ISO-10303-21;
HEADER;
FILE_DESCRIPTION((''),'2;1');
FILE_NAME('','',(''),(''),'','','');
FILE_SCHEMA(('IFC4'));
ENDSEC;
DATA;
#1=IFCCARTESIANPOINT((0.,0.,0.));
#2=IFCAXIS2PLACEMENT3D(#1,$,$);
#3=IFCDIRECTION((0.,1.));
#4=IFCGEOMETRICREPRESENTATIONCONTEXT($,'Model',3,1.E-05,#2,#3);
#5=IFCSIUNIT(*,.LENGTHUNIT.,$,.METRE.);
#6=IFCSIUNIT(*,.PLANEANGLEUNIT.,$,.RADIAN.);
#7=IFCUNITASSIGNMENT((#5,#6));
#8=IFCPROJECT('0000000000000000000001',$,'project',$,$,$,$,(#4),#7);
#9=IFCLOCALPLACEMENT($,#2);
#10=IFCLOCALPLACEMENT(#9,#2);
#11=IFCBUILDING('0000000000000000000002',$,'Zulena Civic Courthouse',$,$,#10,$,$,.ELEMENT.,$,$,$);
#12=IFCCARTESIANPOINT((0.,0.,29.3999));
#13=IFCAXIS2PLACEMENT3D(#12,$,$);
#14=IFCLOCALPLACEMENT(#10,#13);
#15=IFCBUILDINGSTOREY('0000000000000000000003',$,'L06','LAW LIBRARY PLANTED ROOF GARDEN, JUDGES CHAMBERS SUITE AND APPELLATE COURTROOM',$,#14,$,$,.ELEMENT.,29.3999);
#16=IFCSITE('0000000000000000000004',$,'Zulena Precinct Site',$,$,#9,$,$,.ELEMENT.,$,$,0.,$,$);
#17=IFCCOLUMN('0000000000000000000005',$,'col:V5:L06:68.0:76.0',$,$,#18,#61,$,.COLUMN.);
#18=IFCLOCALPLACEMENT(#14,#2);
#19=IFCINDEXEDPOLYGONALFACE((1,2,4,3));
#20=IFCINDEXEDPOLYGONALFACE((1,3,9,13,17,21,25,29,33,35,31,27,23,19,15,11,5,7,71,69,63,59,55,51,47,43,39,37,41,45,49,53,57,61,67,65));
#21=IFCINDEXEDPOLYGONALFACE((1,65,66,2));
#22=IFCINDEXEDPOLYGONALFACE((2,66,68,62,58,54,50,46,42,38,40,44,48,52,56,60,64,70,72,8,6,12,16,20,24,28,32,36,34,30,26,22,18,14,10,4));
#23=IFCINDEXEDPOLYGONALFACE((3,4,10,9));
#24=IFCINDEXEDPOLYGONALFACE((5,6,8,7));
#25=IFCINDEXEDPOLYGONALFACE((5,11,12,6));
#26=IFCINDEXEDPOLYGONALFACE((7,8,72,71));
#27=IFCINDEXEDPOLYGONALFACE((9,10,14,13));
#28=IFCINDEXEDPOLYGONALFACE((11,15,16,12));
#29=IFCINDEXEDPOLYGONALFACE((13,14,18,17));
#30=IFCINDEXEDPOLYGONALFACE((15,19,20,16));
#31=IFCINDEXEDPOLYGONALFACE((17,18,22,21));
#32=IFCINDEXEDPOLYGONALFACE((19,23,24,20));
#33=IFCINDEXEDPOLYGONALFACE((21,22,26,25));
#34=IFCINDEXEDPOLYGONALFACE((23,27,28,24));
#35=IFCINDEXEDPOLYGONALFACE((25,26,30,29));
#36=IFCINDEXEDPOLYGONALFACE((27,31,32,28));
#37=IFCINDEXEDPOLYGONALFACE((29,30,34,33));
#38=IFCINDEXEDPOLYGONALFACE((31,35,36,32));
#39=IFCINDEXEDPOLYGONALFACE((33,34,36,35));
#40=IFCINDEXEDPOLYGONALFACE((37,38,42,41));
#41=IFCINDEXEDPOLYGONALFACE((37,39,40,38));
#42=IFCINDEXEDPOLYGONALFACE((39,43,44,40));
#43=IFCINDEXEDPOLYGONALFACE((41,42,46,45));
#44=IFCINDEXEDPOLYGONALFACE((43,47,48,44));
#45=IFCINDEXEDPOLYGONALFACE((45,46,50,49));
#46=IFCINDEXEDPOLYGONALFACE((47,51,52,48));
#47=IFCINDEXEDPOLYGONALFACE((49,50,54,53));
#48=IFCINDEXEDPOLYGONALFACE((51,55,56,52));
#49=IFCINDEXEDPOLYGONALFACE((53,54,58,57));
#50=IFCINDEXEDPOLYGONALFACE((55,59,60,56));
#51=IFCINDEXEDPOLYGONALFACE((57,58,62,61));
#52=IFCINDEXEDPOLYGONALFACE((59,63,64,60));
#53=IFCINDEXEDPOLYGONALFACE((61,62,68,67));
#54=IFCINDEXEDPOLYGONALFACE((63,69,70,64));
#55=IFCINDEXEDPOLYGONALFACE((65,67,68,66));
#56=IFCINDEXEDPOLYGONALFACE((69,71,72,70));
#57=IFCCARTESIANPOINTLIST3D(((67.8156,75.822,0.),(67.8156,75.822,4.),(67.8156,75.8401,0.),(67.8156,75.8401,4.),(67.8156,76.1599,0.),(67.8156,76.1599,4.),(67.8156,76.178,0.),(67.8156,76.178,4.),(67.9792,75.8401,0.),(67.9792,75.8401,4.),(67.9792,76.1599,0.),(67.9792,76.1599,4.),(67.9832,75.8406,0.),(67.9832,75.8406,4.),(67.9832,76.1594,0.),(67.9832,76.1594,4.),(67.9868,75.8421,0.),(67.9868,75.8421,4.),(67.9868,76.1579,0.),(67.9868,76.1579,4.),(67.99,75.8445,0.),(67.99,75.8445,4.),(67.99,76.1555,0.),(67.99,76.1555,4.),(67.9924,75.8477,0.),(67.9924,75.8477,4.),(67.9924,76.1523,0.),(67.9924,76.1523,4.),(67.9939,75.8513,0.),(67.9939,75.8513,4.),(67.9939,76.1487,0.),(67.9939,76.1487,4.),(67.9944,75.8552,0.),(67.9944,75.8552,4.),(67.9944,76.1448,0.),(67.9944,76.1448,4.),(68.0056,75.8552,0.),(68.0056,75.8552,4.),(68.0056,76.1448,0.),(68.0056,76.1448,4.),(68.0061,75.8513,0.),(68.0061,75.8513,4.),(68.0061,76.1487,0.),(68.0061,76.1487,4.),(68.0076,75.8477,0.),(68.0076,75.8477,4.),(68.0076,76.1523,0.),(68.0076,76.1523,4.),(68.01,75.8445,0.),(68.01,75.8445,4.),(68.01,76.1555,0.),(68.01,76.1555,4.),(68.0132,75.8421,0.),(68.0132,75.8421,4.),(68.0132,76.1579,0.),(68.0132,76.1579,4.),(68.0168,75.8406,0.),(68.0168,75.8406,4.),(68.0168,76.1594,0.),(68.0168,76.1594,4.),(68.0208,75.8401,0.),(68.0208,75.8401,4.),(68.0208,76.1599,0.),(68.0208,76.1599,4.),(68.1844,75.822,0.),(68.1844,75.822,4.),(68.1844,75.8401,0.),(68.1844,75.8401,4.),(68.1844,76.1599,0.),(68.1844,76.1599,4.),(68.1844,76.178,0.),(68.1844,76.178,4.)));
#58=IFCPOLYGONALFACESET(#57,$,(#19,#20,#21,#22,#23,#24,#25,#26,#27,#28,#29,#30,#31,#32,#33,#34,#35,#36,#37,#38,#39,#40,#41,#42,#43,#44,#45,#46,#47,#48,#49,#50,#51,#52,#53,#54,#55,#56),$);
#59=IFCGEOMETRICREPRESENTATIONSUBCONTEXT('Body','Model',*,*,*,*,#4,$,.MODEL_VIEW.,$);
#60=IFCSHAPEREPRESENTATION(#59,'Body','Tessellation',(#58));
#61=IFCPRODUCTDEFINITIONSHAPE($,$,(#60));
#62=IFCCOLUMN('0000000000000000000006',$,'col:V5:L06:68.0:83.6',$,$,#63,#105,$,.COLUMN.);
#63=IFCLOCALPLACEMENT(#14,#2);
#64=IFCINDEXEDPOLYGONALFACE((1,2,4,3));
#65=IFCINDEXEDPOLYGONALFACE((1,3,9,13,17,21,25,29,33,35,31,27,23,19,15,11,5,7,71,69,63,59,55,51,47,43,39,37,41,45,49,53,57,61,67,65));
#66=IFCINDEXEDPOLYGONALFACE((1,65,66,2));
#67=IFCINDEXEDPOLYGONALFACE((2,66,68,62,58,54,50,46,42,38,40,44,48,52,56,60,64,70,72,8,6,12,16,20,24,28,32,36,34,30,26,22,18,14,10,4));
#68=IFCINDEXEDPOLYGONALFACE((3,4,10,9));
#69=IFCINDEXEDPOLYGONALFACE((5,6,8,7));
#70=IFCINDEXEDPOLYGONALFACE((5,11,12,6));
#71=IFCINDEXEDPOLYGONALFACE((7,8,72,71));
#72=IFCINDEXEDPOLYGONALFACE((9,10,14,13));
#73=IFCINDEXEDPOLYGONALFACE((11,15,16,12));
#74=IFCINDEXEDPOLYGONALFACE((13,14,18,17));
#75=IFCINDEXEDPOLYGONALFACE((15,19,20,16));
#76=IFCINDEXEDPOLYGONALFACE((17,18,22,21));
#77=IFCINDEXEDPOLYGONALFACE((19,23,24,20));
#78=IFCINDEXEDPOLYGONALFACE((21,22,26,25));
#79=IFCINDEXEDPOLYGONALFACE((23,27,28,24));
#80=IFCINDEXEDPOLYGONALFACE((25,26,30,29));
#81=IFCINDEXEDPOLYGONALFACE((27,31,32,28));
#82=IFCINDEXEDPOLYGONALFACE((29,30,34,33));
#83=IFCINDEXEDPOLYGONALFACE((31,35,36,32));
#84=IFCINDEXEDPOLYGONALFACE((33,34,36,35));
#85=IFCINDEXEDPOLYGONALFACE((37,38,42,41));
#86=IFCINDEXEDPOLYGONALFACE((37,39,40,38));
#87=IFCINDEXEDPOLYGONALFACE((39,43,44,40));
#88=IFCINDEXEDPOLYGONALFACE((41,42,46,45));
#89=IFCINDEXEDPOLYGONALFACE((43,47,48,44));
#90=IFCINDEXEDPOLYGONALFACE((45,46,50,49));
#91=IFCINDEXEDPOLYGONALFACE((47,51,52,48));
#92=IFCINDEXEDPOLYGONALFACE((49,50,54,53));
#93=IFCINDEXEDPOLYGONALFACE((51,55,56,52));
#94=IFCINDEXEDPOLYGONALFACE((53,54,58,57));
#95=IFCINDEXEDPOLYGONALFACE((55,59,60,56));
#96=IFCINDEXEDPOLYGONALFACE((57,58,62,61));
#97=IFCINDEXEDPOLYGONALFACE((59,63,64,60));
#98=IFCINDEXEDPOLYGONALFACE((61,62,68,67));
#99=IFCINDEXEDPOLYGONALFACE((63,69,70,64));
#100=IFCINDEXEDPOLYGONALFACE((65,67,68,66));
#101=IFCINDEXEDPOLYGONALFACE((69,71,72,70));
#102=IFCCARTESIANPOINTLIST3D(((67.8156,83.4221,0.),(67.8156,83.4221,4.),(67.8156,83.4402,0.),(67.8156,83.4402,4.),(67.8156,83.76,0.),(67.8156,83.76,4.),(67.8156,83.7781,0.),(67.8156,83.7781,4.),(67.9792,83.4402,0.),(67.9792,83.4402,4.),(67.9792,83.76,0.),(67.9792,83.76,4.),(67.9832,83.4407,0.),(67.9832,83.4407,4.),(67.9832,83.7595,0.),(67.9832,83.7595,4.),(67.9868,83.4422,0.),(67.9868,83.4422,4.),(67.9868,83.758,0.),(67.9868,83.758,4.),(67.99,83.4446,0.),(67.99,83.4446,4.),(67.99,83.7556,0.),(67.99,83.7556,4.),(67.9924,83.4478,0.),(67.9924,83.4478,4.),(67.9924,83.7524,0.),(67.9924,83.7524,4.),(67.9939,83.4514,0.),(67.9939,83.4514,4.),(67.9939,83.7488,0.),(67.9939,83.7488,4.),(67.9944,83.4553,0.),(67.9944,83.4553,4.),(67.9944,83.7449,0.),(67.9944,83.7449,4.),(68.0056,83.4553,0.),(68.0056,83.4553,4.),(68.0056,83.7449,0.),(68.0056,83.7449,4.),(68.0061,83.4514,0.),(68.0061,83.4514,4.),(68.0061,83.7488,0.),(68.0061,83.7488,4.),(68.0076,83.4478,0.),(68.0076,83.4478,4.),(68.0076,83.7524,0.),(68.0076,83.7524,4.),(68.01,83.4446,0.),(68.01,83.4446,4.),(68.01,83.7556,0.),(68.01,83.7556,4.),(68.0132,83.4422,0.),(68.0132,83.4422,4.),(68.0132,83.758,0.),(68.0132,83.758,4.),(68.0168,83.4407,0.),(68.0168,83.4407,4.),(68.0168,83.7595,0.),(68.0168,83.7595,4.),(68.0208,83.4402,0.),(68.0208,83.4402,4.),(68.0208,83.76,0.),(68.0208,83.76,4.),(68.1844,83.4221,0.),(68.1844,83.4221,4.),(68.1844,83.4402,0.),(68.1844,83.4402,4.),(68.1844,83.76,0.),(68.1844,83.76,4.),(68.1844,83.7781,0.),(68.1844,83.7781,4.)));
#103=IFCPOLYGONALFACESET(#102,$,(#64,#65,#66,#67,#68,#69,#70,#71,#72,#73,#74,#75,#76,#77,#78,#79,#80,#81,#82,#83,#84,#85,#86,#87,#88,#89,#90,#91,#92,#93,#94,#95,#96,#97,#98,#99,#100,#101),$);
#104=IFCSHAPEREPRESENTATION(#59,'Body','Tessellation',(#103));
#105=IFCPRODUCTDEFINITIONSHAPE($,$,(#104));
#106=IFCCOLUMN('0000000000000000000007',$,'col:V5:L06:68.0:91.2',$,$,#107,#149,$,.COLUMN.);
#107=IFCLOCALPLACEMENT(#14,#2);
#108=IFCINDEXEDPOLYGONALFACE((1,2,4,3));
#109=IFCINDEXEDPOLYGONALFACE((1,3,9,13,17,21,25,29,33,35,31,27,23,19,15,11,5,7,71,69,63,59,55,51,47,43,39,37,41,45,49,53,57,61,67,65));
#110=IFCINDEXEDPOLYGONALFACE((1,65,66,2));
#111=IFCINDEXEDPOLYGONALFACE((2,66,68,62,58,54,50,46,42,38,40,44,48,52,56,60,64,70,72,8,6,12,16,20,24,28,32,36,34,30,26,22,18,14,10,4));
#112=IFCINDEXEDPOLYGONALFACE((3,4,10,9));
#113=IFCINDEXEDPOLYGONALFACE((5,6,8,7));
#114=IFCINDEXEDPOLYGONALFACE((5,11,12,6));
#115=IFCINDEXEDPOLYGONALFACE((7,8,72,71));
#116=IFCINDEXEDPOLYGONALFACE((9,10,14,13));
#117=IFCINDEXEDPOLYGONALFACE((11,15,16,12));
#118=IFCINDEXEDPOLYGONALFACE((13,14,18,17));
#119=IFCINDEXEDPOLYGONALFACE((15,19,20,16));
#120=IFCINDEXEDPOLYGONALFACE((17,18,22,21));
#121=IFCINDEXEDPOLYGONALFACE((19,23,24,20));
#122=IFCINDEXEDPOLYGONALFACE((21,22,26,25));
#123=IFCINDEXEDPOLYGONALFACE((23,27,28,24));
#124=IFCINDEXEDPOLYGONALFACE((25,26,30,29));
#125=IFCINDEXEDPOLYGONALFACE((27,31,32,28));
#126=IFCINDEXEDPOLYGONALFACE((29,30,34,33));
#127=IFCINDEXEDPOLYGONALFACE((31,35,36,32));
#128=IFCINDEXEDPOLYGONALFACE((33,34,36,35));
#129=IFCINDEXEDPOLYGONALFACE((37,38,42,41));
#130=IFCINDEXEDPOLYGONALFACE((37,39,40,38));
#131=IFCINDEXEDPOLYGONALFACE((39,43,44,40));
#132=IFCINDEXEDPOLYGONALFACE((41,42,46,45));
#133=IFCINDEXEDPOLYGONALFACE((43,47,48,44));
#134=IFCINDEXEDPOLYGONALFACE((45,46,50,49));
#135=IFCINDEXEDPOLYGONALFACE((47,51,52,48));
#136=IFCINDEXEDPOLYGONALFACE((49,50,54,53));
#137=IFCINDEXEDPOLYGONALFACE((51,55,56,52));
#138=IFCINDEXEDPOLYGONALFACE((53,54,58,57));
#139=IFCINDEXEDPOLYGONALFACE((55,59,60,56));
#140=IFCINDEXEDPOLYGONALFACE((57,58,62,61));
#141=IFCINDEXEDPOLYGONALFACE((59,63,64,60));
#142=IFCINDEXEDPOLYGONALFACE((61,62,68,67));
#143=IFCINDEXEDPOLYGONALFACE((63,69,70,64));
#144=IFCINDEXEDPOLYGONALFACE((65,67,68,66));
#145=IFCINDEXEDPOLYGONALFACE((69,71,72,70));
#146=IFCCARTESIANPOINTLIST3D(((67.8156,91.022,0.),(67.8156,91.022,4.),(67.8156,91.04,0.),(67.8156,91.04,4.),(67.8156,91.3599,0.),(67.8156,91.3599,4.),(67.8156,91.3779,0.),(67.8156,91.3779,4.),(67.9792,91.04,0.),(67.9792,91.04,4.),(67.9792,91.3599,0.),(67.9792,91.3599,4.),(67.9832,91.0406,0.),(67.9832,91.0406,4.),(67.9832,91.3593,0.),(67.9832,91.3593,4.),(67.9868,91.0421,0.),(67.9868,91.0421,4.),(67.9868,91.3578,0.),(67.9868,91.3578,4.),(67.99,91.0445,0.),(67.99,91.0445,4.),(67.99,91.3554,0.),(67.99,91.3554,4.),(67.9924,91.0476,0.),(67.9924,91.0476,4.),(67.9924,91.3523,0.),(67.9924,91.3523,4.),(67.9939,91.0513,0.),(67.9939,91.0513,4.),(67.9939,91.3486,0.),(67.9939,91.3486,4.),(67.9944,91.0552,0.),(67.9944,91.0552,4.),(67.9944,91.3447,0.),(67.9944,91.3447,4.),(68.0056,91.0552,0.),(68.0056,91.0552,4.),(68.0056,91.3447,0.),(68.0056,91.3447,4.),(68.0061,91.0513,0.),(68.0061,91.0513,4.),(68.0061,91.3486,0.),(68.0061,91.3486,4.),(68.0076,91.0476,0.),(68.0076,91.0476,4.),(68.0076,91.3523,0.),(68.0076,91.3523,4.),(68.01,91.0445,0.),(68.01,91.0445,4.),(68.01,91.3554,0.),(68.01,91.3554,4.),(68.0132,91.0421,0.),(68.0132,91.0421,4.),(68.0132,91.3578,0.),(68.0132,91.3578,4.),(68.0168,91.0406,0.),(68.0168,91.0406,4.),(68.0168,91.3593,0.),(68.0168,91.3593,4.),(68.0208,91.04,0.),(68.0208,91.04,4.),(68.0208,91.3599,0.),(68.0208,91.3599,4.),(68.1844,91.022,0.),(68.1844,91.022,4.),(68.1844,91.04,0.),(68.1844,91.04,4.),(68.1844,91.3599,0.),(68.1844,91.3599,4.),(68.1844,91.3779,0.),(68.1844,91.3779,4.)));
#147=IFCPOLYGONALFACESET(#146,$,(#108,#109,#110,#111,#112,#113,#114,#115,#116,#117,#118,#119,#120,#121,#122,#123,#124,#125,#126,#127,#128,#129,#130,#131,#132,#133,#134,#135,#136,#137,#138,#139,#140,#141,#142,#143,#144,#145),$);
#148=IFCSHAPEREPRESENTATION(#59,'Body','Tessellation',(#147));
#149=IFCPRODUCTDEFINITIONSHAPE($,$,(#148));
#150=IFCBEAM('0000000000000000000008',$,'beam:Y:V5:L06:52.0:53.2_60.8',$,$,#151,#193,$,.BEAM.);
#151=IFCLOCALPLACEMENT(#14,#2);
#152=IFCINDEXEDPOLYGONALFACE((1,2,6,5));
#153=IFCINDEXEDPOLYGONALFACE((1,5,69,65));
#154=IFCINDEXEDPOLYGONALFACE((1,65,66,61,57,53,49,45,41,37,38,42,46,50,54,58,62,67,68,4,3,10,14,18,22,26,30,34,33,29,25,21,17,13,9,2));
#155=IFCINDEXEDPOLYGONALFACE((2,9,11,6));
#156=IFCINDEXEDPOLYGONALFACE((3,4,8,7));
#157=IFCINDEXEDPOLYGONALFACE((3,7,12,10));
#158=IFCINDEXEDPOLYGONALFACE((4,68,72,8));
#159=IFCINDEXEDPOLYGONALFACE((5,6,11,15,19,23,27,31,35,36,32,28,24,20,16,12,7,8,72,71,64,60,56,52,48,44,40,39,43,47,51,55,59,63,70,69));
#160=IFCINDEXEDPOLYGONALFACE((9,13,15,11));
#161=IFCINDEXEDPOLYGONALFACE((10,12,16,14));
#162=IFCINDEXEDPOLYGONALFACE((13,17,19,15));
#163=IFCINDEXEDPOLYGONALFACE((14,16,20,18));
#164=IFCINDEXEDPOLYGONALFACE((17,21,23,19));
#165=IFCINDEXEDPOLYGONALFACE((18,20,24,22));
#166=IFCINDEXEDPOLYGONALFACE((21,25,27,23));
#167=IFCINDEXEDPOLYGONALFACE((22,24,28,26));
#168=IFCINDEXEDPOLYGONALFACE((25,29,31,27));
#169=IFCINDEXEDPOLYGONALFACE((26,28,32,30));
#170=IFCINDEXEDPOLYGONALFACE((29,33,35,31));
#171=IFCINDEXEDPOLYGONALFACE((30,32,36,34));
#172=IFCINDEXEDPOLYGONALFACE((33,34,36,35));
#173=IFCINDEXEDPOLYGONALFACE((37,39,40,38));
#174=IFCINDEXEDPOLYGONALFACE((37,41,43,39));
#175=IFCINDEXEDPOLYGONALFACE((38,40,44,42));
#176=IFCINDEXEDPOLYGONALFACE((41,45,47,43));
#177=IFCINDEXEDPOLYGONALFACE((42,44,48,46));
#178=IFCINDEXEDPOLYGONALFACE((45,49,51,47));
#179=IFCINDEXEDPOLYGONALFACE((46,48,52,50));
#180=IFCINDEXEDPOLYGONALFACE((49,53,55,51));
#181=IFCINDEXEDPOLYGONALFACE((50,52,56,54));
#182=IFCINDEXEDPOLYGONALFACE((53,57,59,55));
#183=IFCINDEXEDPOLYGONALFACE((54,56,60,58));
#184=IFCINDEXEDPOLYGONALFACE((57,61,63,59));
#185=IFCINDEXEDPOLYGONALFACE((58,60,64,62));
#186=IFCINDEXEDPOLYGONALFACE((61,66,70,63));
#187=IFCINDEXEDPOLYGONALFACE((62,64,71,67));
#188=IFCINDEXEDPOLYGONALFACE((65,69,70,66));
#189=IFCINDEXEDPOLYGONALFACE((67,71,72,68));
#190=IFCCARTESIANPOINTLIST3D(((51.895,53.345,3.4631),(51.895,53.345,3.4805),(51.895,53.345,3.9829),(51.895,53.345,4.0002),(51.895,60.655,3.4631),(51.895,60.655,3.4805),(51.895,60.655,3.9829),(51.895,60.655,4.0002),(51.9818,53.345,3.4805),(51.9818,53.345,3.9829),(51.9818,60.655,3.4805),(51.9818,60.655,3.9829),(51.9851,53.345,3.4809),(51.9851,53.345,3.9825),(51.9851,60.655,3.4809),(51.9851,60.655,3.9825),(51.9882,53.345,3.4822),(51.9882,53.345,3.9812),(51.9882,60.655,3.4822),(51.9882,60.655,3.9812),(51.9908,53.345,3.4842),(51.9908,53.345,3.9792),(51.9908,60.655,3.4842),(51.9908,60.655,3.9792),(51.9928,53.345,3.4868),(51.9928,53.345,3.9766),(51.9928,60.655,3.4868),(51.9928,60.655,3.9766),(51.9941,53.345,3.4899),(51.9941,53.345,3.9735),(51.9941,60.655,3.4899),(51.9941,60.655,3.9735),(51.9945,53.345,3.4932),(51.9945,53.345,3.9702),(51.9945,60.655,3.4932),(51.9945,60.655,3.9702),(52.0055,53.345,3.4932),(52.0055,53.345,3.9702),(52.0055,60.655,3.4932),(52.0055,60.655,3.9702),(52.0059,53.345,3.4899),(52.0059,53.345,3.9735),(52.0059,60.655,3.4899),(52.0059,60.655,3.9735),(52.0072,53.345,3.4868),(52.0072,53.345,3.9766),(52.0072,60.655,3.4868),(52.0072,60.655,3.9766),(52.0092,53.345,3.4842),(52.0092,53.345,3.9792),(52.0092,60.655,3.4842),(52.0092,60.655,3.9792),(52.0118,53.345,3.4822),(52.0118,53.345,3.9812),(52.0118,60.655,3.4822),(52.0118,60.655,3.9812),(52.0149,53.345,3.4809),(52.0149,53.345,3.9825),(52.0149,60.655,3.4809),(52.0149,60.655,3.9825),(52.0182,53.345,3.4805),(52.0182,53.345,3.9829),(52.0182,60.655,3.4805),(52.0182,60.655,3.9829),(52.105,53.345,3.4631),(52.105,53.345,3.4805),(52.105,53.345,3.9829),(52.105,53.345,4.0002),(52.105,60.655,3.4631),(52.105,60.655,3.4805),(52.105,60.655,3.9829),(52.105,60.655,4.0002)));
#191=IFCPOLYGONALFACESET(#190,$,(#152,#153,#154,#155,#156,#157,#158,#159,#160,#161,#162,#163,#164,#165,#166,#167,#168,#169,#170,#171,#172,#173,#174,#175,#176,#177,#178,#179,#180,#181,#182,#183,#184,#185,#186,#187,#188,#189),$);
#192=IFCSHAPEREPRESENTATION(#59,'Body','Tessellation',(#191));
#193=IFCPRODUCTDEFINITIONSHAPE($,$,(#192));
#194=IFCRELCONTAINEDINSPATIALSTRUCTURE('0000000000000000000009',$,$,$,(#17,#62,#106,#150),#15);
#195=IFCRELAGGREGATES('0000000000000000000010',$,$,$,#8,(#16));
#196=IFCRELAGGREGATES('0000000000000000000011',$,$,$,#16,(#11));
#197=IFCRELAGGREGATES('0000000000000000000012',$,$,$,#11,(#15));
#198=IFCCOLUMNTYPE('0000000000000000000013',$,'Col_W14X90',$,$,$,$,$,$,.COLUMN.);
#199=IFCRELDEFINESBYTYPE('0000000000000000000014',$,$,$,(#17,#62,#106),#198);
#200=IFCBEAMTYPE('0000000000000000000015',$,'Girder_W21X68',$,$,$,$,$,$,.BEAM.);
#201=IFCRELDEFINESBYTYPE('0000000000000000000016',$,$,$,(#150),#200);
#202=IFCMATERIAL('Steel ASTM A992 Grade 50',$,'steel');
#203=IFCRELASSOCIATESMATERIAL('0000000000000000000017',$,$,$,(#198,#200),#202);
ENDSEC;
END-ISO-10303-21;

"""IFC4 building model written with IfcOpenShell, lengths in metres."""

from ifc_helpers import new_model, si_unit, direction, frame, origin, origin_2d, place, context, subcontext, project, spatial, i_section, extrude, material, material_profile, profile_set, type_object, element, save


model = new_model("IFC4")

# Units and contexts
model_context = context("Model", 3, precision=1e-05, world=origin(), true_north=direction((0.0, 1.0)))
body_context = subcontext(model_context, "Body", "Model", "MODEL_VIEW")
ifc_project = project(units=[si_unit("LENGTHUNIT", "METRE"), si_unit("PLANEANGLEUNIT", "RADIAN")], contexts=[model_context])

# Site, building, storey
site_placement = place(None, origin())
site = spatial("IfcSite", under=ifc_project, at=site_placement, Name="Zulena Precinct Site", CompositionType="ELEMENT", RefElevation=0.0)
building_placement = place(site_placement, origin())
building = spatial("IfcBuilding", under=site, at=building_placement, Name="Zulena Civic Courthouse", CompositionType="ELEMENT")
storey_placement = place(building_placement, frame((0.0, 0.0, 29.3999)))
storey = spatial("IfcBuildingStorey", under=building, at=storey_placement, Name="L06", Description="LAW LIBRARY PLANTED ROOF GARDEN, JUDGES CHAMBERS SUITE AND APPELLATE COURTROOM", CompositionType="ELEMENT", Elevation=29.3999)

# Columns
ifc_material_1 = material(Name="Steel ASTM A992 Grade 50", Category="steel")
ifc_material_profile_1 = material_profile(ifc_material_1, i_section(OverallWidth=0.3689, OverallDepth=0.356, WebThickness=0.0112, FlangeThickness=0.0181, FilletRadius=0.0151, at=origin_2d()), Name="W14X90")
ifc_profile_set_1 = profile_set([ifc_material_profile_1], Name="Steel ASTM A992 Grade 50")
column_type_1 = type_object("IfcColumnType", Name="Col_W14X90", PredefinedType="COLUMN", material=ifc_profile_set_1)
for number, where, z_axis, x_axis, name in (
    (1, (68.0, 76.0, 0.0), (0.0, 0.0, 1.0), (1.0, 0.0, 0.0), "col:V5:L06:68.0:76.0"),
    (2, (68.0, 83.6001, 0.0), (0.0, 0.0, 1.0), (1.0, 0.0, 0.0), "col:V5:L06:68.0:83.6"),
    (3, (68.0, 91.2, 0.0), (0.0, 0.0, 1.0), (1.0, 0.0, 0.0), "col:V5:L06:68.0:91.2"),
):
    element("IfcColumn", number, at=place(storey_placement, frame(where, z_axis=z_axis, x_axis=x_axis)), inside=storey, type_object=column_type_1, Name=name, PredefinedType="COLUMN", context=body_context, shape_type="SweptSolid", body=[
        extrude(i_section(OverallWidth=0.3689, OverallDepth=0.356, WebThickness=0.0112, FlangeThickness=0.0181, FilletRadius=0.0151, at=origin_2d()), origin(), (0.0, 0.0, 1.0), 4.0),
    ])

# Beam
ifc_material_profile_2 = material_profile(ifc_material_1, i_section(OverallWidth=0.21, OverallDepth=0.5371, WebThickness=0.011, FlangeThickness=0.0173, FilletRadius=0.0127, at=origin_2d()), Name="W21X68")
ifc_profile_set_2 = profile_set([ifc_material_profile_2], Name="Steel ASTM A992 Grade 50")
beam_type_1 = type_object("IfcBeamType", Name="Girder_W21X68", PredefinedType="BEAM", material=ifc_profile_set_2)
for number, where, z_axis, x_axis, name in (
    (4, (52.0, 53.345, 3.7317), (0.0, 1.0, 0.0), (-1.0, 0.0, 0.0), "beam:Y:V5:L06:52.0:53.2_60.8"),
):
    element("IfcBeam", number, at=place(storey_placement, frame(where, z_axis=z_axis, x_axis=x_axis)), inside=storey, type_object=beam_type_1, Name=name, PredefinedType="BEAM", context=body_context, shape_type="SweptSolid", body=[
        extrude(i_section(OverallWidth=0.21, OverallDepth=0.5371, WebThickness=0.011, FlangeThickness=0.0173, FilletRadius=0.0127, at=origin_2d()), origin(), (0.0, 0.0, 1.0), 7.3101),
    ])

save(model, "model.ifc")
